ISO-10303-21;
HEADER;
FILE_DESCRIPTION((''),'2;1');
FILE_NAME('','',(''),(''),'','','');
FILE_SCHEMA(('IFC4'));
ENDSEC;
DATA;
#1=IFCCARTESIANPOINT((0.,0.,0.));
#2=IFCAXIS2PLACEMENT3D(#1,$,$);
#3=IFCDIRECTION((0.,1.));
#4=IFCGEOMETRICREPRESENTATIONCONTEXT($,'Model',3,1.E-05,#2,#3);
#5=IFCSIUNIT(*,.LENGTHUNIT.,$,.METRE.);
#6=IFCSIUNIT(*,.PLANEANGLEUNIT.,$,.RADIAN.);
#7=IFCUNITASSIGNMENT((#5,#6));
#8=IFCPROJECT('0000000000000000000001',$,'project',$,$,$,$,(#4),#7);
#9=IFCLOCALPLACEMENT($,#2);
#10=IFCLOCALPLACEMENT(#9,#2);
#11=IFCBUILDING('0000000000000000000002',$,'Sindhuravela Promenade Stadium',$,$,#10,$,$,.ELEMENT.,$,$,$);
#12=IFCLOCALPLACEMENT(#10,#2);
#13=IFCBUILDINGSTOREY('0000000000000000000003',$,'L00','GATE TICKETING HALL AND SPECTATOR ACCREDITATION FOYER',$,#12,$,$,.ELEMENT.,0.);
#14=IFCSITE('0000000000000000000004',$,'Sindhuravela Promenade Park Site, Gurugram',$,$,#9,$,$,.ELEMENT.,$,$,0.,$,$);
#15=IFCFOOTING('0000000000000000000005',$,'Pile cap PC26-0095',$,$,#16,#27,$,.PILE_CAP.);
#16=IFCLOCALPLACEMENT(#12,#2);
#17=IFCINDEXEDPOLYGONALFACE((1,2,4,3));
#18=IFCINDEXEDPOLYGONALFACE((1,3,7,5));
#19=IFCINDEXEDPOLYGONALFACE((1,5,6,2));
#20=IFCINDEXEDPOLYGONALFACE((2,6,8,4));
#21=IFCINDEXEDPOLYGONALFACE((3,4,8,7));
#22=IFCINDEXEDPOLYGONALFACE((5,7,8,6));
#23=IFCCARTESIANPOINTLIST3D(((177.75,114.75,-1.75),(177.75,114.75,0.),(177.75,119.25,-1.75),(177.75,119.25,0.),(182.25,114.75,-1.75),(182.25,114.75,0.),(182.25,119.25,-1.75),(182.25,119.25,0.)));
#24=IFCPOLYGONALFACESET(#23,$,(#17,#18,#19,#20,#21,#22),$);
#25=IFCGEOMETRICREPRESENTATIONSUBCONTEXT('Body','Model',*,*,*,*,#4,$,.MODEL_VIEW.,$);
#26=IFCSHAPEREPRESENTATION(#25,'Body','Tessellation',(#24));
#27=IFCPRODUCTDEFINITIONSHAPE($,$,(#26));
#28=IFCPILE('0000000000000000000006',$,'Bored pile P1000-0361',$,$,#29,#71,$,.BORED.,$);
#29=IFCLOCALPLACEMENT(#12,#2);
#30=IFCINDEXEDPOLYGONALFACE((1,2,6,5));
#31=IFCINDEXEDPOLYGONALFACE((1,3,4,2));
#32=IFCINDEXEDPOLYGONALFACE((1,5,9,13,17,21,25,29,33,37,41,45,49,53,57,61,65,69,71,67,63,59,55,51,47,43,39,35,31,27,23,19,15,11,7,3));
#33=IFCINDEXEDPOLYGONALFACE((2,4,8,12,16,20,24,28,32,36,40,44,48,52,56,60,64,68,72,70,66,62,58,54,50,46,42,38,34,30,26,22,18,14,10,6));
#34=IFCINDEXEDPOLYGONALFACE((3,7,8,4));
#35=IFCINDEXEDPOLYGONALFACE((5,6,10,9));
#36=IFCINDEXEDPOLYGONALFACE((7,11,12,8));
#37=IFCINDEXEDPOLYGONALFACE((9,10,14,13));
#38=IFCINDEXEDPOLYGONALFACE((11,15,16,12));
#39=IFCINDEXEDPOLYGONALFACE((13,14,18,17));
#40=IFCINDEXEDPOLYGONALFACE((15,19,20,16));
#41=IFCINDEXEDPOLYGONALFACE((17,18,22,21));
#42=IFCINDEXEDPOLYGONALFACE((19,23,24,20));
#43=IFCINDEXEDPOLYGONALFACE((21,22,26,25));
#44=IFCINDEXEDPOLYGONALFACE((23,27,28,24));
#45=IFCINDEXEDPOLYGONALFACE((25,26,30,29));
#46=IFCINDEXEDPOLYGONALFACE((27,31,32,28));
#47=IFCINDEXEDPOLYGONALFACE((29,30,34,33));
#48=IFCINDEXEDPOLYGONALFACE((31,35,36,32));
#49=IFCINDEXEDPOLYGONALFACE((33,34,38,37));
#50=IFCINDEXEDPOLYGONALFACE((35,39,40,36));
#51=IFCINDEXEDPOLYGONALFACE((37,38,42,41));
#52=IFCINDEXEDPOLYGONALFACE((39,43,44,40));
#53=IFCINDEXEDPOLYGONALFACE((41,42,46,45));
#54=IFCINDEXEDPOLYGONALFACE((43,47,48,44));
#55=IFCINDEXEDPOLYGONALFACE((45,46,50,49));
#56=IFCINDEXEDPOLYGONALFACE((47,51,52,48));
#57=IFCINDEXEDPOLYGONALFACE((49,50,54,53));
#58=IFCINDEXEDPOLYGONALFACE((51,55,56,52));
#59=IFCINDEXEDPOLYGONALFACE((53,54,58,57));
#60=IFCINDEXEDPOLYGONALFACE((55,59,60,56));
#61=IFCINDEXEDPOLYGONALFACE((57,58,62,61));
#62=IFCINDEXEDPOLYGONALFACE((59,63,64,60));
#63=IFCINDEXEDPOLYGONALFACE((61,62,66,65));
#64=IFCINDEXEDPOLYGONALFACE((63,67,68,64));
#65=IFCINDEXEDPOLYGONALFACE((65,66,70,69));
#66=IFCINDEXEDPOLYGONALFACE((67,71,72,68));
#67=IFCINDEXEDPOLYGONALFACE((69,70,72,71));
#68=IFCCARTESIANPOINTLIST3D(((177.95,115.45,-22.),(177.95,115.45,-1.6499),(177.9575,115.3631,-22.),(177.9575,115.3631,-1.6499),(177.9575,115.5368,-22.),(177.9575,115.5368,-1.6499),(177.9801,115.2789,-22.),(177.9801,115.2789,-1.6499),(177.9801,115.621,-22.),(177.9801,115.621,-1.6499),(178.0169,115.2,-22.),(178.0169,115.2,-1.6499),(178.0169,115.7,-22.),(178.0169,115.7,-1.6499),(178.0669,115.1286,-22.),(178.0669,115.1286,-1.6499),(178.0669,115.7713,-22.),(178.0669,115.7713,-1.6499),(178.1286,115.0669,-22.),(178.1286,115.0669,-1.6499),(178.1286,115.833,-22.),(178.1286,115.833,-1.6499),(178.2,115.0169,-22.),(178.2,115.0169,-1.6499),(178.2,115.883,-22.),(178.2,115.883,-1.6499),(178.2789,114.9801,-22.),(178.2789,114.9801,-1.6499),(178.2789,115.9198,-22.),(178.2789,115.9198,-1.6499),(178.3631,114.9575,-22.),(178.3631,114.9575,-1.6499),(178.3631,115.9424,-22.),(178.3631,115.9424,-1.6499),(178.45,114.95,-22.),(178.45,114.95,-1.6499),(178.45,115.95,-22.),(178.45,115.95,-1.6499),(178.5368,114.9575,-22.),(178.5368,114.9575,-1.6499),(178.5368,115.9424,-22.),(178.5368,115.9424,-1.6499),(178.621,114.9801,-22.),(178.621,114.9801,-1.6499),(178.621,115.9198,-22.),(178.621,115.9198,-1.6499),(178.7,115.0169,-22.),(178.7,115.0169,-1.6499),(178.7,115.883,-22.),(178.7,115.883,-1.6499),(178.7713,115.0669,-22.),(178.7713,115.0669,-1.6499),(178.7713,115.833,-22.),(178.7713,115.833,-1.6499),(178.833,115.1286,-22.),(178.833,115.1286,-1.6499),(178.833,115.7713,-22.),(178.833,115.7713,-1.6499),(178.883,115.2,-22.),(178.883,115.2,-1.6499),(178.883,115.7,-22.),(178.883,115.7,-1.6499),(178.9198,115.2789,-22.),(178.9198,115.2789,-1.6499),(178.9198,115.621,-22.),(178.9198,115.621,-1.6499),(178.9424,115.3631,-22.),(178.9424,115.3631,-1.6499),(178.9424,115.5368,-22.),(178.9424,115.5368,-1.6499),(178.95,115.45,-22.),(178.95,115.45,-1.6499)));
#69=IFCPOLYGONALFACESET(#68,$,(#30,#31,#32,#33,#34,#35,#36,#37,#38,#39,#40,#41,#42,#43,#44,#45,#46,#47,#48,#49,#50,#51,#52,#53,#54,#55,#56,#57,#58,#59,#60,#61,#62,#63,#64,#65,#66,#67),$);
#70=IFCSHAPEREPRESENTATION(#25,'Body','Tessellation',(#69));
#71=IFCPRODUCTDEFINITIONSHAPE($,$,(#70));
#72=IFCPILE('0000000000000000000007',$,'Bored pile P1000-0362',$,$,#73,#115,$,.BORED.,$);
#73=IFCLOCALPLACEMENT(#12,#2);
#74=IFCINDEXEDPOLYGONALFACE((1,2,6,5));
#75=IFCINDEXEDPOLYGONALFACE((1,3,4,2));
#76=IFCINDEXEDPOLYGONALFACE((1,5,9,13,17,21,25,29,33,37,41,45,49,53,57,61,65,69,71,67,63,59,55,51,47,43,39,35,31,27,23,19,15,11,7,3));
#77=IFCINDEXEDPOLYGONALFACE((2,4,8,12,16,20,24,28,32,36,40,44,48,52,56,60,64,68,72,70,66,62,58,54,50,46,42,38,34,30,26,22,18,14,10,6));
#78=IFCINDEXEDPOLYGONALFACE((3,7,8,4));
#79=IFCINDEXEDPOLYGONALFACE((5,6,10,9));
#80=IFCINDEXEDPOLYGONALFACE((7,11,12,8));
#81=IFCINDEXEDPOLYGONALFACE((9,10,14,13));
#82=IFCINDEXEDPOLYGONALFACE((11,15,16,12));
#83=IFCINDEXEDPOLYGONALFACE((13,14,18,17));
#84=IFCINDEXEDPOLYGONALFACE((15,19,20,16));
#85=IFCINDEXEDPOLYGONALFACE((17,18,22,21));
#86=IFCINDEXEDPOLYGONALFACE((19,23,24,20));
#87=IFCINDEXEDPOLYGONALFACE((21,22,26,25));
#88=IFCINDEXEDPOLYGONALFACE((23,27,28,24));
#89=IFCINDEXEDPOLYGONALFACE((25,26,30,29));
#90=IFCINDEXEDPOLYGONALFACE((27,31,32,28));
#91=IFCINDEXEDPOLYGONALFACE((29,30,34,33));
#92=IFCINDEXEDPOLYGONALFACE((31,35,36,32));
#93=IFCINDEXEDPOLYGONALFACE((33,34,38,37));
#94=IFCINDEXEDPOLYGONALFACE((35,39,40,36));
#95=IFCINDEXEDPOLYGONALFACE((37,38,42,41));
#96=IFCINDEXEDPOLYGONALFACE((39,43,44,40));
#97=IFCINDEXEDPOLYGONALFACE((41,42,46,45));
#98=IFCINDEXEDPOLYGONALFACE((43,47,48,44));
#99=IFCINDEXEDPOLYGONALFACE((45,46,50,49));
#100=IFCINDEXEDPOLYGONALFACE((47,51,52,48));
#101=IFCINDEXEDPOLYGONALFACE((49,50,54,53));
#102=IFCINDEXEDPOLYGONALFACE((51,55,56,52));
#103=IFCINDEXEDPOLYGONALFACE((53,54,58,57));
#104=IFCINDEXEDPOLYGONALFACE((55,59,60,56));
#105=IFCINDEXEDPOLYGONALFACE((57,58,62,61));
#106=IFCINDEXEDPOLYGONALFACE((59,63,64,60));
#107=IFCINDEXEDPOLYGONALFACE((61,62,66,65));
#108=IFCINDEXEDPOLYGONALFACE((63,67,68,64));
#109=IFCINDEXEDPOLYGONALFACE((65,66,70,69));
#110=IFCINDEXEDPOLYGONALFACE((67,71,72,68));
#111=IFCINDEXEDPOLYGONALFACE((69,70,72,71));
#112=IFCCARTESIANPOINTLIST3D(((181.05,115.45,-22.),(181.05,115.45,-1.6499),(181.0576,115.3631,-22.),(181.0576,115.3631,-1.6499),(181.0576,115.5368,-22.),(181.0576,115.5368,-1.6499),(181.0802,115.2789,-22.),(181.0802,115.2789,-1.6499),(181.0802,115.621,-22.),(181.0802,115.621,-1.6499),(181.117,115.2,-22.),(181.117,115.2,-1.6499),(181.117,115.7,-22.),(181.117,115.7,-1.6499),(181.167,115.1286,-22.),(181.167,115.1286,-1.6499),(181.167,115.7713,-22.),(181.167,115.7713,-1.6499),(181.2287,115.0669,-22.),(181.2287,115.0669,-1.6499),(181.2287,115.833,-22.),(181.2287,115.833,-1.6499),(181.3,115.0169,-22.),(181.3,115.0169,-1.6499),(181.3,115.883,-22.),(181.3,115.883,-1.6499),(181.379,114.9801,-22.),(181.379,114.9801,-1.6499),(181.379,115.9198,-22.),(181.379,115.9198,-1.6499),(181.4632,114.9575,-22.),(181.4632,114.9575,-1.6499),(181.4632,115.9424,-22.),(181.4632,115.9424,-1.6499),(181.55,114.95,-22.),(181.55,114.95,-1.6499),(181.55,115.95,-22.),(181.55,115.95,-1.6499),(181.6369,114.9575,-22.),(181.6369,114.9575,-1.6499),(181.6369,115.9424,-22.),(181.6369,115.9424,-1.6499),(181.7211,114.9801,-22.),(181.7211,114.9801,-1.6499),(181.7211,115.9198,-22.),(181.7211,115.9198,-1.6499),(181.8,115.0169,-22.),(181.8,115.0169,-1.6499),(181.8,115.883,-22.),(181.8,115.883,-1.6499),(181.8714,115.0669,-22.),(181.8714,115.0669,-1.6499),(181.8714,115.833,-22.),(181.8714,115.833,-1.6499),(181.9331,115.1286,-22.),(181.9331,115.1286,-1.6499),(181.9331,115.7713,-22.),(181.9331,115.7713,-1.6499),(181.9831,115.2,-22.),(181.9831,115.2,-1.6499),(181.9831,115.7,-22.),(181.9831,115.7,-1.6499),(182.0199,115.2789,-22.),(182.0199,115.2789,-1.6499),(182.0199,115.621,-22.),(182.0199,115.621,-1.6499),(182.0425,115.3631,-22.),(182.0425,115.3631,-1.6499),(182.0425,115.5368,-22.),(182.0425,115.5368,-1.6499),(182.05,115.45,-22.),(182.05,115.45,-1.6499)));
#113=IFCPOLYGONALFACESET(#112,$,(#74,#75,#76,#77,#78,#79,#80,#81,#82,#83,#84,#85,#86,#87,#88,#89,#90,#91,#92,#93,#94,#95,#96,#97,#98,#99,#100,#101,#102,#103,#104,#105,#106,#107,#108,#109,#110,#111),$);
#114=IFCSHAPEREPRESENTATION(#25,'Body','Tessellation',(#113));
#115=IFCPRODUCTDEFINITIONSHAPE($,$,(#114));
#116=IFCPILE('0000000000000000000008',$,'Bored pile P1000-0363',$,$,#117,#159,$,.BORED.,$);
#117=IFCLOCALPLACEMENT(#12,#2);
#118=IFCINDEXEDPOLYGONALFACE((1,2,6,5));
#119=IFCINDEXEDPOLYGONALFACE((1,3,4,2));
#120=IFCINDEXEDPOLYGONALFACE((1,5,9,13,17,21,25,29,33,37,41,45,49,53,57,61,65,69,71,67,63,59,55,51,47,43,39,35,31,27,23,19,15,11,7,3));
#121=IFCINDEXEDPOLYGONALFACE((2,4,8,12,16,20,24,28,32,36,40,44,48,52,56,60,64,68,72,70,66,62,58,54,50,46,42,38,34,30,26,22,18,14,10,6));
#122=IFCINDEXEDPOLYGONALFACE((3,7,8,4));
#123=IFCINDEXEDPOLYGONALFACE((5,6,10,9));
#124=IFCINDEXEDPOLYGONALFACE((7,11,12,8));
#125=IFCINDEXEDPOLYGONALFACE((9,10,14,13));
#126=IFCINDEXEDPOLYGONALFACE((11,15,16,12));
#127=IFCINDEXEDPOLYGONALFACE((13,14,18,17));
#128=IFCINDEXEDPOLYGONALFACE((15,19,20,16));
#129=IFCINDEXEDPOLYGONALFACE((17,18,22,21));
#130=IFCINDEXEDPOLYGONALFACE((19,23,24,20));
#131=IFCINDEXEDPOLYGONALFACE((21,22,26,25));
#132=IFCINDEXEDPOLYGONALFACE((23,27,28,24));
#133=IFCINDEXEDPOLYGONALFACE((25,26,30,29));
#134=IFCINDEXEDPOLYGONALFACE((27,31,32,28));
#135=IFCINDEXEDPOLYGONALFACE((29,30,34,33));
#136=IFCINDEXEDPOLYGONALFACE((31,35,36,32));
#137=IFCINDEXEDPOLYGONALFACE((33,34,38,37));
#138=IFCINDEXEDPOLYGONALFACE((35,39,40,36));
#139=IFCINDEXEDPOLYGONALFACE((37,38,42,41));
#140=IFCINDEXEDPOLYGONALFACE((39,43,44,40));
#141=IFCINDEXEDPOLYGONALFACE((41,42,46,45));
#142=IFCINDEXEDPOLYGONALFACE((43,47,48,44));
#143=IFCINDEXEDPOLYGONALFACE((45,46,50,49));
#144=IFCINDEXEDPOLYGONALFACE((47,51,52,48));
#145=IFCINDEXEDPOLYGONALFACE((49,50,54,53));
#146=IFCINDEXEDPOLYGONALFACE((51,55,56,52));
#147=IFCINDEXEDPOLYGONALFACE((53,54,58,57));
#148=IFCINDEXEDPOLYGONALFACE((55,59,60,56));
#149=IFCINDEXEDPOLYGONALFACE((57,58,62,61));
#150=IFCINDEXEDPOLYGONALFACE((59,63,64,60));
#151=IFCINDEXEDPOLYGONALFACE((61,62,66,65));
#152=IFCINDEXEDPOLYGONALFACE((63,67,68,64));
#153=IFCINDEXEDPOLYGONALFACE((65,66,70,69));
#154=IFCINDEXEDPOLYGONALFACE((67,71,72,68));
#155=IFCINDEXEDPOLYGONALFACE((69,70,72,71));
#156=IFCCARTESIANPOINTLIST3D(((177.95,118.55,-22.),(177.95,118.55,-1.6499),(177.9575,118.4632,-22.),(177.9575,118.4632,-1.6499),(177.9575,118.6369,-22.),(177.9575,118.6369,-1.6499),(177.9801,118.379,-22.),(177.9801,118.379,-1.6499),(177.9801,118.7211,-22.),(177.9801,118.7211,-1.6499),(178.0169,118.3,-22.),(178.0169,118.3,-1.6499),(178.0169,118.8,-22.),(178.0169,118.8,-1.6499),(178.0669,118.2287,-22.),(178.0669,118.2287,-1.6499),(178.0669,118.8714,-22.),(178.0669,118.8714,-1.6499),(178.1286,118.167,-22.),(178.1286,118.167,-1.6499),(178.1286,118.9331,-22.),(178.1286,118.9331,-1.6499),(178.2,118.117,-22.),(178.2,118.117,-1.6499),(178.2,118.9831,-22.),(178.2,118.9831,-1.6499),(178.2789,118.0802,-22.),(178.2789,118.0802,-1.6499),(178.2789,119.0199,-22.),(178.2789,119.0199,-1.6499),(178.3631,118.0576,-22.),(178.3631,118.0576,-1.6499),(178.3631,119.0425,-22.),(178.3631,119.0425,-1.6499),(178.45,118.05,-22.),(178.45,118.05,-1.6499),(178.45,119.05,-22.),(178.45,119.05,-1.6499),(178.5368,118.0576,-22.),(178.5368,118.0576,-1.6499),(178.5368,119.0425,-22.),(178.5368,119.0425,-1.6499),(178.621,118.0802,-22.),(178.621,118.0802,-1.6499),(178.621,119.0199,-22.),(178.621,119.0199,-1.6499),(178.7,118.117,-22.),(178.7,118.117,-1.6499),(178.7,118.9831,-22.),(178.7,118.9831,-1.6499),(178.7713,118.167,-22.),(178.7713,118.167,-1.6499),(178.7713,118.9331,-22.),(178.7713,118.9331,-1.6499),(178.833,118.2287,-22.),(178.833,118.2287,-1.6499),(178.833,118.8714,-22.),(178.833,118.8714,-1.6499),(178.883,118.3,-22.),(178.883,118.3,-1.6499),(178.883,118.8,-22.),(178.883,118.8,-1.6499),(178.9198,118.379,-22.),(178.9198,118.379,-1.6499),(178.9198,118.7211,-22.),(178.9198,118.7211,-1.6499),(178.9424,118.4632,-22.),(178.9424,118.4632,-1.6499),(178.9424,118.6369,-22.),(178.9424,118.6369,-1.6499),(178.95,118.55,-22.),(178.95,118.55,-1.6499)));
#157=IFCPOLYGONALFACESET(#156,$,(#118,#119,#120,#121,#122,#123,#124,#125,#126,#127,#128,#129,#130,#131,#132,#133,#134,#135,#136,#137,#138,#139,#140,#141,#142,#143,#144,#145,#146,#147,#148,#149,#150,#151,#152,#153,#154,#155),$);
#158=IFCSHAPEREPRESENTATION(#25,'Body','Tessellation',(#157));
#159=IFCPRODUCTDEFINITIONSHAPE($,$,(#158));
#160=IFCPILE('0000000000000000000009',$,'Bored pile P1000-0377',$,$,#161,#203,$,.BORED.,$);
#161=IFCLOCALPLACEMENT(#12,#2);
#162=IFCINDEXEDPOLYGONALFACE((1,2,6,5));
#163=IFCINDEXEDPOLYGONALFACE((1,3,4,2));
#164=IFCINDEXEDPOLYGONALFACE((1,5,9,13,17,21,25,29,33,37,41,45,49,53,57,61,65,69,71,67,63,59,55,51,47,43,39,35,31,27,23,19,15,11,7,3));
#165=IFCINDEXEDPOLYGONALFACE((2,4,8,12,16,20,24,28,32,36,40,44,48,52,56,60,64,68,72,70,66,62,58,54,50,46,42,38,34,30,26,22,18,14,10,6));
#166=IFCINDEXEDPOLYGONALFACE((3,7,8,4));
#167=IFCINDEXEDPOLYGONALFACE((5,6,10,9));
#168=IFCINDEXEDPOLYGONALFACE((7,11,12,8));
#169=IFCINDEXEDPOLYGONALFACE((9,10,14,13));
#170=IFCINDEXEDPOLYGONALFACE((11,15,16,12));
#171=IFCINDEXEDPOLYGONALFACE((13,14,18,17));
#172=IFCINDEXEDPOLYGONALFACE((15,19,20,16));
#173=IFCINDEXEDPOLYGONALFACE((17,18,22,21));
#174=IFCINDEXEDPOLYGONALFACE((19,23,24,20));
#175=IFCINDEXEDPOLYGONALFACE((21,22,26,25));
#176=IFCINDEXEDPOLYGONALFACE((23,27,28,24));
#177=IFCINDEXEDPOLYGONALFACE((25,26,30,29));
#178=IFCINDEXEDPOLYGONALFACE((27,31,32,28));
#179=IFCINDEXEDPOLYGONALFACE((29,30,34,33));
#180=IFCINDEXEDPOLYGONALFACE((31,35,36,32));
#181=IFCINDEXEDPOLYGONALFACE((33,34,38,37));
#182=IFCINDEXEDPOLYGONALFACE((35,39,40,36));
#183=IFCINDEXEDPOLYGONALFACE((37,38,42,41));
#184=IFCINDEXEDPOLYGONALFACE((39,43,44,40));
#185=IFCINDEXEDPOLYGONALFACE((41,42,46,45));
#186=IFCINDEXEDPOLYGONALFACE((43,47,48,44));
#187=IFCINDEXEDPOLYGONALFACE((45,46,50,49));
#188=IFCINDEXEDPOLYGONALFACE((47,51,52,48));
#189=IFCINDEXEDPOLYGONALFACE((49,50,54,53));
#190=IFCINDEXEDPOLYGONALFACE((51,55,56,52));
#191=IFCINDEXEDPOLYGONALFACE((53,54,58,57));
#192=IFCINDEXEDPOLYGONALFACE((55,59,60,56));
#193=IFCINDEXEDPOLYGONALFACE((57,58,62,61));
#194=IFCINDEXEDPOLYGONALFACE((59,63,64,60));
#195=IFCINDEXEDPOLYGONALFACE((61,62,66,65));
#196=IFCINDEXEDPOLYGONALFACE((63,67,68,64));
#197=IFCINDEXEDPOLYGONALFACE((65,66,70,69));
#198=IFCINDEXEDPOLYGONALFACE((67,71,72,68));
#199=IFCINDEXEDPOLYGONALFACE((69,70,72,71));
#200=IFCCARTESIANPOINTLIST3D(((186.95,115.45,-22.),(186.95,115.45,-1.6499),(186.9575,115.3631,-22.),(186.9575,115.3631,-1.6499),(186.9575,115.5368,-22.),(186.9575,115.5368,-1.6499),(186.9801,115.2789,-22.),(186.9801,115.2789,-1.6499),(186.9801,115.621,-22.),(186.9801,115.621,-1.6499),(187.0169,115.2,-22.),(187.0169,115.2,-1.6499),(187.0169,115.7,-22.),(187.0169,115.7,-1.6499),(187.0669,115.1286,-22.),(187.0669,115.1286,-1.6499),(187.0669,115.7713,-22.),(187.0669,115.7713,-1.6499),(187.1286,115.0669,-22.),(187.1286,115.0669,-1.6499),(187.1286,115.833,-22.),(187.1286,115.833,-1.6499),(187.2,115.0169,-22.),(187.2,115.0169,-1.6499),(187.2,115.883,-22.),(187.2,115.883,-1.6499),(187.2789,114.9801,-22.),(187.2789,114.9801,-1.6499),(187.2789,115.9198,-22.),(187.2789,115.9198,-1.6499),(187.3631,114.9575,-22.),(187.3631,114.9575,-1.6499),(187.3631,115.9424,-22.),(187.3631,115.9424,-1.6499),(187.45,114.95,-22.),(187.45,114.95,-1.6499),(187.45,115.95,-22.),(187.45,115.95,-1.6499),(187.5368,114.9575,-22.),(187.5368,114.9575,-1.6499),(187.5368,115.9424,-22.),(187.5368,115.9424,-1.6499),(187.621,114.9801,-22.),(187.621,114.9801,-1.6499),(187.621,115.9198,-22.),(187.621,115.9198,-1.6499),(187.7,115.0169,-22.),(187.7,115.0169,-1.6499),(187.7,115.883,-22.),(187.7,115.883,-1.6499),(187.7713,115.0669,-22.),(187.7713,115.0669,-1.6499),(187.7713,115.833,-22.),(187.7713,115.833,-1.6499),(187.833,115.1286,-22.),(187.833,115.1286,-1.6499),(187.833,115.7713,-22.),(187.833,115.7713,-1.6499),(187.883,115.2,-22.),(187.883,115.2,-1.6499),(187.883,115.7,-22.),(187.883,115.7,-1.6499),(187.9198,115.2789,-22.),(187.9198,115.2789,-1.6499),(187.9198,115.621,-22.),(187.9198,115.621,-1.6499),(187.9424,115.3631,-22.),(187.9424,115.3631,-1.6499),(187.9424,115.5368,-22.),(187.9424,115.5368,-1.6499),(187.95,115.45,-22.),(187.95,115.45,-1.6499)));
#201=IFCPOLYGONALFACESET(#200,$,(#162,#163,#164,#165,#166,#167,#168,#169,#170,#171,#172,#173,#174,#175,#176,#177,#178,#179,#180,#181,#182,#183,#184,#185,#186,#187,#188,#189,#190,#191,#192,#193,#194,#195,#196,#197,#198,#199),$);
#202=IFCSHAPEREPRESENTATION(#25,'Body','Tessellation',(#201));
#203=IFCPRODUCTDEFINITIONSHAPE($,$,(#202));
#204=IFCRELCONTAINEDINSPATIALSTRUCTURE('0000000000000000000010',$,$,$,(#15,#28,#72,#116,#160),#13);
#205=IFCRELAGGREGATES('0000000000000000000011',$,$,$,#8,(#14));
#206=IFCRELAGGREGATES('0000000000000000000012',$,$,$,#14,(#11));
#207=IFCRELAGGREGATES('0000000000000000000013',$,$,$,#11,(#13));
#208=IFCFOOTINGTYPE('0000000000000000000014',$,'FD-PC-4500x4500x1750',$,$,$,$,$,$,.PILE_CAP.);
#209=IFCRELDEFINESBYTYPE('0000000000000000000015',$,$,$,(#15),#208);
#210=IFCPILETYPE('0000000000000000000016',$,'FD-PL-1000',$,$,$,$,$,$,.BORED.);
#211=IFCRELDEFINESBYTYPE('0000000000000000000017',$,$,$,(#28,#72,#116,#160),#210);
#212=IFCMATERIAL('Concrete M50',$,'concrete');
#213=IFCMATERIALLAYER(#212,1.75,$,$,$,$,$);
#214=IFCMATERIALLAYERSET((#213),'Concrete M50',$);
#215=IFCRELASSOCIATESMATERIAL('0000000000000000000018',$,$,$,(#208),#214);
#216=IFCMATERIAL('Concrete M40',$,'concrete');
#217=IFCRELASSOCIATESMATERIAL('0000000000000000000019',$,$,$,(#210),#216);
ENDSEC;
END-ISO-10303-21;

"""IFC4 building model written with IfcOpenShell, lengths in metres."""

from ifc_helpers import new_model, si_unit, direction, frame, origin, origin_2d, place, context, subcontext, project, spatial, rectangle, circle, extrude, material, layer, layer_set, material_profile, profile_set, type_object, element, save


model = new_model("IFC4")

# Units and contexts
model_context = context("Model", 3, precision=1e-05, world=origin(), true_north=direction((0.0, 1.0)))
body_context = subcontext(model_context, "Body", "Model", "MODEL_VIEW")
ifc_project = project(units=[si_unit("LENGTHUNIT", "METRE"), si_unit("PLANEANGLEUNIT", "RADIAN")], contexts=[model_context])

# Site, building, storey
site_placement = place(None, origin())
site = spatial("IfcSite", under=ifc_project, at=site_placement, Name="Sindhuravela Promenade Park Site, Gurugram", CompositionType="ELEMENT", RefElevation=0.0)
building_placement = place(site_placement, origin())
building = spatial("IfcBuilding", under=site, at=building_placement, Name="Sindhuravela Promenade Stadium", CompositionType="ELEMENT")
storey_placement = place(building_placement, origin())
storey = spatial("IfcBuildingStorey", under=building, at=storey_placement, Name="L00", Description="GATE TICKETING HALL AND SPECTATOR ACCREDITATION FOYER", CompositionType="ELEMENT", Elevation=0.0)

# Footing
ifc_material_1 = material(Name="Concrete M50", Category="concrete")
ifc_layer_1 = layer(ifc_material_1, 1.75)
ifc_layer_set_1 = layer_set([ifc_layer_1], Name="Concrete M50")
footing_type = type_object("IfcFootingType", Name="FD-PC-4500x4500x1750", PredefinedType="PILE_CAP", material=ifc_layer_set_1)
footing_placement = place(storey_placement, frame((180.0, 117.0, -1.75), z_axis=(0.0, 0.0, 1.0), x_axis=(1.0, 0.0, 0.0)))
element("IfcFooting", 1, at=footing_placement, inside=storey, type_object=footing_type, Name="Pile cap PC26-0095", PredefinedType="PILE_CAP", context=body_context, shape_type="SweptSolid", body=[
    extrude(rectangle(XDim=4.5, YDim=4.5, at=origin_2d()), origin(), (0.0, 0.0, 1.0), 1.75),
])

# Piles
ifc_material_2 = material(Name="Concrete M40", Category="concrete")
ifc_material_profile_1 = material_profile(ifc_material_2, circle(Radius=0.5, at=origin_2d()), Name="BORED PILE D1000")
ifc_profile_set_1 = profile_set([ifc_material_profile_1], Name="Concrete M40")
pile_type_1 = type_object("IfcPileType", Name="FD-PL-1000", PredefinedType="BORED", material=ifc_profile_set_1)
for number, where, z_axis, x_axis, name in (
    (2, (178.45, 115.45, -1.6499), (0.0, 0.0, -1.0), (1.0, 0.0, 0.0), "Bored pile P1000-0361"),
    (3, (181.55, 115.45, -1.6499), (0.0, 0.0, -1.0), (1.0, 0.0, 0.0), "Bored pile P1000-0362"),
    (4, (178.45, 118.55, -1.6499), (0.0, 0.0, -1.0), (1.0, 0.0, 0.0), "Bored pile P1000-0363"),
    (5, (187.45, 115.45, -1.6499), (0.0, 0.0, -1.0), (1.0, 0.0, 0.0), "Bored pile P1000-0377"),
):
    element("IfcPile", number, at=place(storey_placement, frame(where, z_axis=z_axis, x_axis=x_axis)), inside=storey, type_object=pile_type_1, Name=name, PredefinedType="BORED", context=body_context, shape_type="SweptSolid", body=[
        extrude(circle(Radius=0.5, at=origin_2d()), origin(), (0.0, 0.0, 1.0), 20.3501),
    ])

save(model, "model.ifc")
